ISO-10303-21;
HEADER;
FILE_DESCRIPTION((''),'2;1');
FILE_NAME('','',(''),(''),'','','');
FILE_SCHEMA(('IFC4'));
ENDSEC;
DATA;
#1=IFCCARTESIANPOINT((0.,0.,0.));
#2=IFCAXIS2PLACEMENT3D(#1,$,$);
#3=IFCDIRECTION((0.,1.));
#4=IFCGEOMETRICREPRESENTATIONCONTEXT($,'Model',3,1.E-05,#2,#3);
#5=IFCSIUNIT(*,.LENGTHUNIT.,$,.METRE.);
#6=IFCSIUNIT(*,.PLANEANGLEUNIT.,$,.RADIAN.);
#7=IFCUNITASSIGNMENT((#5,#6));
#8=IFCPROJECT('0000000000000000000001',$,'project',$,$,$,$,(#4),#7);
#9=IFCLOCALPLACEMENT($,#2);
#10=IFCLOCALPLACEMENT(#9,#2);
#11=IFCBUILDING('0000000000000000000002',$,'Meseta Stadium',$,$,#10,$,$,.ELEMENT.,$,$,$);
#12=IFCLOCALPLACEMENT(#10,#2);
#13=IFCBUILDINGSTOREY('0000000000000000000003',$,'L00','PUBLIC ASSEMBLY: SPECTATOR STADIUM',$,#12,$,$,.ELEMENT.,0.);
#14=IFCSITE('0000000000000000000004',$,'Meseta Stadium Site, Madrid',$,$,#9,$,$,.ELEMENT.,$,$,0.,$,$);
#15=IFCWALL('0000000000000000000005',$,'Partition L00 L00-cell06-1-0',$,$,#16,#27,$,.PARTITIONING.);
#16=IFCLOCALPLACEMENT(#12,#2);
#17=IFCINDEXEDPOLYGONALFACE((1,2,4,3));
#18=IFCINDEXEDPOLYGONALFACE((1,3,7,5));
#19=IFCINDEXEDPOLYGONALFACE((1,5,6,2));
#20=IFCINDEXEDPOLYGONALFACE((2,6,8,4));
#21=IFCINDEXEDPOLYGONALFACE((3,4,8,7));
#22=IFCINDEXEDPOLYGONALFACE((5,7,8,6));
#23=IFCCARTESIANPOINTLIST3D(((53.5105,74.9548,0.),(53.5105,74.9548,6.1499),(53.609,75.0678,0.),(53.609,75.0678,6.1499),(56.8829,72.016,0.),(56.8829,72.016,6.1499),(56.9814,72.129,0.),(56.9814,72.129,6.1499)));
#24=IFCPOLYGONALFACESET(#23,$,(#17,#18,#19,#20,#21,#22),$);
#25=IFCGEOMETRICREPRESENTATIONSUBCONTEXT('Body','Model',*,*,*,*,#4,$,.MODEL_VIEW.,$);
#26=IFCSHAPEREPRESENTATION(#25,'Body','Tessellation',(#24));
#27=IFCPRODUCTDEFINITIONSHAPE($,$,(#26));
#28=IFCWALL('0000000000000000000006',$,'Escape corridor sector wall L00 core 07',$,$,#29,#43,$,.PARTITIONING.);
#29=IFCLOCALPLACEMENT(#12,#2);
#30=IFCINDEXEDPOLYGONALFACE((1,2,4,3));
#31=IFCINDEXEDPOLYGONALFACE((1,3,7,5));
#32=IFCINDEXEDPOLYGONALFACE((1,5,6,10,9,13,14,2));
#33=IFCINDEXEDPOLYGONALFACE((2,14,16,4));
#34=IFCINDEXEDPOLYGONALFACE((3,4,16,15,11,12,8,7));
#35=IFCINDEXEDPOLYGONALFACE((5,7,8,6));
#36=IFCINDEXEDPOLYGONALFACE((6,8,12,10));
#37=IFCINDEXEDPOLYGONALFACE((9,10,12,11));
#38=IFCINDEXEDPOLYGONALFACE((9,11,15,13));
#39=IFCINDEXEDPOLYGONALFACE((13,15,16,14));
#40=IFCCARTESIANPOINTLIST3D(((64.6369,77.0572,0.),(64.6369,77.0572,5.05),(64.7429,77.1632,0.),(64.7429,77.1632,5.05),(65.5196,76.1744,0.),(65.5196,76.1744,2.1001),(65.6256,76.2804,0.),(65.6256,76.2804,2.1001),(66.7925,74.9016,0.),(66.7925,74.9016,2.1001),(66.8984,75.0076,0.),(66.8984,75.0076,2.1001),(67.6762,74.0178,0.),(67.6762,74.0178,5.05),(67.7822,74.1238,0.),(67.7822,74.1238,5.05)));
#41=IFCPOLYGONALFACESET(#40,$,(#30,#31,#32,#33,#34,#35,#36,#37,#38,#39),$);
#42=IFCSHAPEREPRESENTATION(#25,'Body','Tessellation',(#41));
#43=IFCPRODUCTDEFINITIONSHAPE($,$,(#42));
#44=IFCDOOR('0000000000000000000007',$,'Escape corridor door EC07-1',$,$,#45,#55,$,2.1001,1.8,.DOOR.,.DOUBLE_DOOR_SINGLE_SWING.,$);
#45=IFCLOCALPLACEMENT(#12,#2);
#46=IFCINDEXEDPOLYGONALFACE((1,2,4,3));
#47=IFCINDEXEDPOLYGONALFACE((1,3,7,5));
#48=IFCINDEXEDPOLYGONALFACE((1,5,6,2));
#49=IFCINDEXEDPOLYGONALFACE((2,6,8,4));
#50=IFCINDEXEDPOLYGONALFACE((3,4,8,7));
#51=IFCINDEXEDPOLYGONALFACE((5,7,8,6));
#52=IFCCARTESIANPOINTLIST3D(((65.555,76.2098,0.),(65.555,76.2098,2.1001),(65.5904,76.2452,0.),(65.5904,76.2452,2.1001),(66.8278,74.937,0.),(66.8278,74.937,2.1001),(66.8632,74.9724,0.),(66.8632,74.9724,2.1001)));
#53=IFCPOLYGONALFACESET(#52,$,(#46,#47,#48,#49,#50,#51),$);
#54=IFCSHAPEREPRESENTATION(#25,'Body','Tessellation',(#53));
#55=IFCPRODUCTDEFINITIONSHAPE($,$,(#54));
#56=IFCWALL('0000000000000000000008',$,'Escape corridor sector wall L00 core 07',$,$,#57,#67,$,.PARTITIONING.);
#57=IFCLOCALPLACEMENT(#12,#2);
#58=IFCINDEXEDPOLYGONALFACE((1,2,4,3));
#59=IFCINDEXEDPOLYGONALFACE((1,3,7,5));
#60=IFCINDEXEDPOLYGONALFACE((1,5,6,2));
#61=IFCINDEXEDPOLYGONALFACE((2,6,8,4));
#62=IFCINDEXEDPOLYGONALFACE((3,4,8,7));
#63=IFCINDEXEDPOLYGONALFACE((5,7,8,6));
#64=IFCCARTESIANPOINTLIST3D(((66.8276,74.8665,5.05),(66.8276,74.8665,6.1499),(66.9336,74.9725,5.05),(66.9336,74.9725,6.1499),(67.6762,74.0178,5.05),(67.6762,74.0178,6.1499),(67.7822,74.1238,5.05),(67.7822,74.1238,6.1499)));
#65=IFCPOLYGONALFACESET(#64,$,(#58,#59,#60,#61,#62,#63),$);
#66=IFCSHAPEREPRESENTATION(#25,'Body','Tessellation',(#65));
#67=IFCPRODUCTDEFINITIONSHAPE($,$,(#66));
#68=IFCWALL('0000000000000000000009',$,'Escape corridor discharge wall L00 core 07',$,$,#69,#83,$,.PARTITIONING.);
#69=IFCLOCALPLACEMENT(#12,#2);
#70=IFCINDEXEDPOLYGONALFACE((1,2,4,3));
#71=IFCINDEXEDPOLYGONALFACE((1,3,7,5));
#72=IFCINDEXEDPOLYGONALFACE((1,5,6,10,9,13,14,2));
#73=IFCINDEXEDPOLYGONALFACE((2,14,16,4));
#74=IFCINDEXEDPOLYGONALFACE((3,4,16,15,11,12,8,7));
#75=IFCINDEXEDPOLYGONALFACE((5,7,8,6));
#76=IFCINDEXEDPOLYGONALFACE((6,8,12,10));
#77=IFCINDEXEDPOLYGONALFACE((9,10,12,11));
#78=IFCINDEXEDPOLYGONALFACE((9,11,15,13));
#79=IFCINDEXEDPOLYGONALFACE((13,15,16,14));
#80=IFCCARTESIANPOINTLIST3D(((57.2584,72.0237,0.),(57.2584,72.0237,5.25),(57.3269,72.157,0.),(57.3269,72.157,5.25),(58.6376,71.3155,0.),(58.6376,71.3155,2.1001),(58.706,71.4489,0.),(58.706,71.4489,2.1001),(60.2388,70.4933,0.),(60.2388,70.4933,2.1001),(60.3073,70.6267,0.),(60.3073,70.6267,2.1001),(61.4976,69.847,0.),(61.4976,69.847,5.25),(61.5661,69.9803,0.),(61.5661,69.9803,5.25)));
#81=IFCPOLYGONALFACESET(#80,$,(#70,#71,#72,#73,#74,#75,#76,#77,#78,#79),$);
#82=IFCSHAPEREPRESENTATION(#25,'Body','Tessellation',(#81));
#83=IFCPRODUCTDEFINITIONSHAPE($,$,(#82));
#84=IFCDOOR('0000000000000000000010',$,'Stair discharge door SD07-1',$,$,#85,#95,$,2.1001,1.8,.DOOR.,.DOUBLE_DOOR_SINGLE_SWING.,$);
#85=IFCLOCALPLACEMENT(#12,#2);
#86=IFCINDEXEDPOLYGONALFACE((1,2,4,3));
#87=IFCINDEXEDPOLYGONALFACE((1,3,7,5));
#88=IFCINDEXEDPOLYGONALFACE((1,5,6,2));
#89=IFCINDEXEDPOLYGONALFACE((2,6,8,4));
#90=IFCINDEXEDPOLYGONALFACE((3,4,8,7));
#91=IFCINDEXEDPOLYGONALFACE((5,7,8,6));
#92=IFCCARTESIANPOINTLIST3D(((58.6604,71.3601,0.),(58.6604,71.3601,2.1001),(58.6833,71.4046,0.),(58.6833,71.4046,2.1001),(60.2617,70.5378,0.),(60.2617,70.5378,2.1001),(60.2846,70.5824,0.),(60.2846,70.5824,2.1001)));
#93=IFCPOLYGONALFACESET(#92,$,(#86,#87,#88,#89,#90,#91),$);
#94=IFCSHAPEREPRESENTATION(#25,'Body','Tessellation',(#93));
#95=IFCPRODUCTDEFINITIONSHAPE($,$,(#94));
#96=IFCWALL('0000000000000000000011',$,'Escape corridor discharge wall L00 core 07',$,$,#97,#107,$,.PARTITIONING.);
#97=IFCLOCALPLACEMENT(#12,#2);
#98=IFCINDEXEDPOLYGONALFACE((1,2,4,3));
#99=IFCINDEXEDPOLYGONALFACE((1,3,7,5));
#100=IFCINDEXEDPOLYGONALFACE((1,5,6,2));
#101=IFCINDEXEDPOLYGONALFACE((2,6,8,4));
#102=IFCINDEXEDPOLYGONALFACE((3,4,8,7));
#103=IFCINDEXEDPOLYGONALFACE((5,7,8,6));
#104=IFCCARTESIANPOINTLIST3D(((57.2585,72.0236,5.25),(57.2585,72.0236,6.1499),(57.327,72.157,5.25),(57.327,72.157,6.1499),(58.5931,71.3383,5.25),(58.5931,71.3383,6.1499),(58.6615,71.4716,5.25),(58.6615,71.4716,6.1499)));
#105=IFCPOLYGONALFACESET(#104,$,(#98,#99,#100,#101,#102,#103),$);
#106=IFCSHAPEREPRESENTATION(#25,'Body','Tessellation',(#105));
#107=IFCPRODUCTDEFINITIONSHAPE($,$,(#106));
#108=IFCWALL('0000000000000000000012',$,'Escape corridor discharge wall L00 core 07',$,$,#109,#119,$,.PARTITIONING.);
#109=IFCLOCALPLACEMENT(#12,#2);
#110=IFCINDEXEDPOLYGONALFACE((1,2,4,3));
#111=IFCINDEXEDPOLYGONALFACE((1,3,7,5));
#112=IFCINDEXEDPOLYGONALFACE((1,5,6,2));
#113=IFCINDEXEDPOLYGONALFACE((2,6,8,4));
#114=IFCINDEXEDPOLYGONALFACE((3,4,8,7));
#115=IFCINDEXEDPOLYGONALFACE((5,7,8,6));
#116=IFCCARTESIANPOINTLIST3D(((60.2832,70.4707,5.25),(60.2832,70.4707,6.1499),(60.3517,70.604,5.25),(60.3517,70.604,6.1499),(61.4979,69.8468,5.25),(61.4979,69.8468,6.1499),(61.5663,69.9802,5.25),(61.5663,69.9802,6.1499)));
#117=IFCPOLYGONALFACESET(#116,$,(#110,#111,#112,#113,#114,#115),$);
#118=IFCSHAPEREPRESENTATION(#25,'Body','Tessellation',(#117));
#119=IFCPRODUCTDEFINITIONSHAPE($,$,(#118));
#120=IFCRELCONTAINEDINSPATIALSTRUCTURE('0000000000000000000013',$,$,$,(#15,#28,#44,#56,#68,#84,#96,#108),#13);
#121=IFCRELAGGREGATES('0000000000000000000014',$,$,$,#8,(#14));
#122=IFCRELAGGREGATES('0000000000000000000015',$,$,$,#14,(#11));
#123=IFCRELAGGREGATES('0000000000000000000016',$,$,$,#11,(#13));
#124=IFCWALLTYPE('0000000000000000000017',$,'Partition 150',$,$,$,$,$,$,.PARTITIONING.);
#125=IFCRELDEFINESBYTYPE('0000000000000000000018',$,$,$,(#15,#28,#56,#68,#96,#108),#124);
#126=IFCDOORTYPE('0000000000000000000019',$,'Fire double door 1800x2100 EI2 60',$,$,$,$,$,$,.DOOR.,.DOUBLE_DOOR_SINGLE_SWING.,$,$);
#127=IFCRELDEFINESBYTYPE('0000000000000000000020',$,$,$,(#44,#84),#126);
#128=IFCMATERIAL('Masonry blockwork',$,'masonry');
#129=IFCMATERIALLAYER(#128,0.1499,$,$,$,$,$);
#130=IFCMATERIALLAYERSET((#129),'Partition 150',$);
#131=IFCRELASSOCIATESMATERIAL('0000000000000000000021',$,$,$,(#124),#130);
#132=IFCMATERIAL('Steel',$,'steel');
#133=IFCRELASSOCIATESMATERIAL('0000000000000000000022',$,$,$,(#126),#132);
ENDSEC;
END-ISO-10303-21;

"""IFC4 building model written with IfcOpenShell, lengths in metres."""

from ifc_helpers import new_model, si_unit, direction, frame, frame_2d, origin, place, context, subcontext, project, spatial, rectangle, extrude, material, layer, layer_set, type_object, element, fill, save


model = new_model("IFC4")

# Units and contexts
model_context = context("Model", 3, precision=1e-05, world=origin(), true_north=direction((0.0, 1.0)))
body_context = subcontext(model_context, "Body", "Model", "MODEL_VIEW")
ifc_project = project(units=[si_unit("LENGTHUNIT", "METRE"), si_unit("PLANEANGLEUNIT", "RADIAN")], contexts=[model_context])

# Site, building, storey
site_placement = place(None, origin())
site = spatial("IfcSite", under=ifc_project, at=site_placement, Name="Meseta Stadium Site, Madrid", CompositionType="ELEMENT", RefElevation=0.0)
building_placement = place(site_placement, origin())
building = spatial("IfcBuilding", under=site, at=building_placement, Name="Meseta Stadium", CompositionType="ELEMENT")
storey_placement = place(building_placement, origin())
storey = spatial("IfcBuildingStorey", under=building, at=storey_placement, Name="L00", Description="PUBLIC ASSEMBLY: SPECTATOR STADIUM", CompositionType="ELEMENT", Elevation=0.0)

# Wall
ifc_material_1 = material(Name="Masonry blockwork", Category="masonry")
ifc_layer = layer(ifc_material_1, 0.1499)
ifc_layer_set = layer_set([ifc_layer], Name="Partition 150")
wall_type = type_object("IfcWallType", Name="Partition 150", PredefinedType="PARTITIONING", material=ifc_layer_set)
wall_1_placement = place(storey_placement, frame((56.9321, 72.0725, 0.0), z_axis=(0.0, 0.0, 1.0), x_axis=(-0.753911, 0.656977, 0.0)))
element("IfcWall", 1, at=wall_1_placement, inside=storey, type_object=wall_type, Name="Partition L00 L00-cell06-1-0", PredefinedType="PARTITIONING", context=body_context, shape_type="SweptSolid", body=[
    extrude(rectangle(XDim=4.4731, YDim=0.1499, at=frame_2d((2.2366, 0.0))), origin(), (0.0, 0.0, 1.0), 6.1499),
])

# Wall, opening, door
wall_2_placement = place(storey_placement, frame((67.7292, 74.0708, 0.0), z_axis=(0.0, 0.0, 1.0), x_axis=(-0.707107, 0.707107, 0.0)))
wall_2 = element("IfcWall", 2, at=wall_2_placement, inside=storey, type_object=wall_type, Name="Escape corridor sector wall L00 core 07", PredefinedType="PARTITIONING", context=body_context, shape_type="SweptSolid", body=[
    extrude(rectangle(XDim=4.2983, YDim=0.1499, at=frame_2d((2.1492, 0.0))), origin(), (0.0, 0.0, 1.0), 5.05),
])
opening_1_placement = place(wall_2_placement, frame((1.25, 0.0, 0.0)))
opening_1 = element("IfcOpeningElement", 3, at=opening_1_placement, cuts=wall_2, PredefinedType="OPENING", context=body_context, shape_type="SweptSolid", body=[
    extrude(rectangle(XDim=1.8, YDim=2.1001, at=frame_2d((0.8999, 1.05))), frame((0.0, 0.085, 0.0), z_axis=(0.0, -1.0, 0.0), x_axis=(1.0, 0.0, 0.0)), (0.0, 0.0, 1.0), 0.1699),
])
ifc_material_2 = material(Name="Steel", Category="steel")
door_type = type_object("IfcDoorType", Name="Fire double door 1800x2100 EI2 60", OperationType="DOUBLE_DOOR_SINGLE_SWING", PredefinedType="DOOR", material=ifc_material_2)
door_1_placement = place(opening_1_placement, origin())
door_1 = element("IfcDoor", 4, at=door_1_placement, inside=storey, type_object=door_type, Name="Escape corridor door EC07-1", OperationType="DOUBLE_DOOR_SINGLE_SWING", OverallHeight=2.1001, OverallWidth=1.8, PredefinedType="DOOR", context=body_context, shape_type="SweptSolid", body=[
    extrude(rectangle(XDim=1.8, YDim=2.1001, at=frame_2d((0.8999, 1.05))), frame((0.0, 0.0249, 0.0), z_axis=(0.0, -1.0, 0.0), x_axis=(1.0, 0.0, 0.0)), (0.0, 0.0, 1.0), 0.05),
])
fill(opening_1, door_1)

# Wall
wall_3_placement = place(storey_placement, frame((67.7292, 74.0708, 5.05), z_axis=(0.0, 0.0, 1.0), x_axis=(-0.707107, 0.707107, 0.0)))
element("IfcWall", 5, at=wall_3_placement, inside=storey, type_object=wall_type, Name="Escape corridor sector wall L00 core 07", PredefinedType="PARTITIONING", context=body_context, shape_type="SweptSolid", body=[
    extrude(rectangle(XDim=1.2002, YDim=0.1499, at=frame_2d((0.6001, 0.0))), origin(), (0.0, 0.0, 1.0), 1.0999),
])

# Wall, opening, door
wall_4_placement = place(storey_placement, frame((61.532, 69.9136, 0.0), z_axis=(0.0, 0.0, 1.0), x_axis=(-0.889581, 0.456778, 0.0)))
wall_4 = element("IfcWall", 6, at=wall_4_placement, inside=storey, type_object=wall_type, Name="Escape corridor discharge wall L00 core 07", PredefinedType="PARTITIONING", context=body_context, shape_type="SweptSolid", body=[
    extrude(rectangle(XDim=4.7654, YDim=0.1499, at=frame_2d((2.3828, 0.0))), origin(), (0.0, 0.0, 1.0), 5.25),
])
opening_2_placement = place(wall_4_placement, frame((1.4153, 0.0, 0.0)))
opening_2 = element("IfcOpeningElement", 7, at=opening_2_placement, cuts=wall_4, PredefinedType="OPENING", context=body_context, shape_type="SweptSolid", body=[
    extrude(rectangle(XDim=1.8, YDim=2.1001, at=frame_2d((0.8999, 1.05))), frame((0.0, 0.085, 0.0), z_axis=(0.0, -1.0, 0.0), x_axis=(1.0, 0.0, 0.0)), (0.0, 0.0, 1.0), 0.1699),
])
door_2_placement = place(opening_2_placement, origin())
door_2 = element("IfcDoor", 8, at=door_2_placement, inside=storey, type_object=door_type, Name="Stair discharge door SD07-1", OperationType="DOUBLE_DOOR_SINGLE_SWING", OverallHeight=2.1001, OverallWidth=1.8, PredefinedType="DOOR", context=body_context, shape_type="SweptSolid", body=[
    extrude(rectangle(XDim=1.8, YDim=2.1001, at=frame_2d((0.8999, 1.05))), frame((0.0, 0.0249, 0.0), z_axis=(0.0, -1.0, 0.0), x_axis=(1.0, 0.0, 0.0)), (0.0, 0.0, 1.0), 0.05),
])
fill(opening_2, door_2)

# Walls
wall_5_placement = place(storey_placement, frame((58.6272, 71.405, 5.25), z_axis=(0.0, 0.0, 1.0), x_axis=(-0.889558, 0.456822, 0.0)))
element("IfcWall", 9, at=wall_5_placement, inside=storey, type_object=wall_type, Name="Escape corridor discharge wall L00 core 07", PredefinedType="PARTITIONING", context=body_context, shape_type="SweptSolid", body=[
    extrude(rectangle(XDim=1.5002, YDim=0.1499, at=frame_2d((0.75, 0.0))), origin(), (0.0, 0.0, 1.0), 0.8999),
])
wall_6_placement = place(storey_placement, frame((61.532, 69.9136, 5.25), z_axis=(0.0, 0.0, 1.0), x_axis=(-0.889547, 0.456843, 0.0)))
element("IfcWall", 10, at=wall_6_placement, inside=storey, type_object=wall_type, Name="Escape corridor discharge wall L00 core 07", PredefinedType="PARTITIONING", context=body_context, shape_type="SweptSolid", body=[
    extrude(rectangle(XDim=1.3655, YDim=0.1499, at=frame_2d((0.6826, 0.0))), origin(), (0.0, 0.0, 1.0), 0.8999),
])

save(model, "model.ifc")
